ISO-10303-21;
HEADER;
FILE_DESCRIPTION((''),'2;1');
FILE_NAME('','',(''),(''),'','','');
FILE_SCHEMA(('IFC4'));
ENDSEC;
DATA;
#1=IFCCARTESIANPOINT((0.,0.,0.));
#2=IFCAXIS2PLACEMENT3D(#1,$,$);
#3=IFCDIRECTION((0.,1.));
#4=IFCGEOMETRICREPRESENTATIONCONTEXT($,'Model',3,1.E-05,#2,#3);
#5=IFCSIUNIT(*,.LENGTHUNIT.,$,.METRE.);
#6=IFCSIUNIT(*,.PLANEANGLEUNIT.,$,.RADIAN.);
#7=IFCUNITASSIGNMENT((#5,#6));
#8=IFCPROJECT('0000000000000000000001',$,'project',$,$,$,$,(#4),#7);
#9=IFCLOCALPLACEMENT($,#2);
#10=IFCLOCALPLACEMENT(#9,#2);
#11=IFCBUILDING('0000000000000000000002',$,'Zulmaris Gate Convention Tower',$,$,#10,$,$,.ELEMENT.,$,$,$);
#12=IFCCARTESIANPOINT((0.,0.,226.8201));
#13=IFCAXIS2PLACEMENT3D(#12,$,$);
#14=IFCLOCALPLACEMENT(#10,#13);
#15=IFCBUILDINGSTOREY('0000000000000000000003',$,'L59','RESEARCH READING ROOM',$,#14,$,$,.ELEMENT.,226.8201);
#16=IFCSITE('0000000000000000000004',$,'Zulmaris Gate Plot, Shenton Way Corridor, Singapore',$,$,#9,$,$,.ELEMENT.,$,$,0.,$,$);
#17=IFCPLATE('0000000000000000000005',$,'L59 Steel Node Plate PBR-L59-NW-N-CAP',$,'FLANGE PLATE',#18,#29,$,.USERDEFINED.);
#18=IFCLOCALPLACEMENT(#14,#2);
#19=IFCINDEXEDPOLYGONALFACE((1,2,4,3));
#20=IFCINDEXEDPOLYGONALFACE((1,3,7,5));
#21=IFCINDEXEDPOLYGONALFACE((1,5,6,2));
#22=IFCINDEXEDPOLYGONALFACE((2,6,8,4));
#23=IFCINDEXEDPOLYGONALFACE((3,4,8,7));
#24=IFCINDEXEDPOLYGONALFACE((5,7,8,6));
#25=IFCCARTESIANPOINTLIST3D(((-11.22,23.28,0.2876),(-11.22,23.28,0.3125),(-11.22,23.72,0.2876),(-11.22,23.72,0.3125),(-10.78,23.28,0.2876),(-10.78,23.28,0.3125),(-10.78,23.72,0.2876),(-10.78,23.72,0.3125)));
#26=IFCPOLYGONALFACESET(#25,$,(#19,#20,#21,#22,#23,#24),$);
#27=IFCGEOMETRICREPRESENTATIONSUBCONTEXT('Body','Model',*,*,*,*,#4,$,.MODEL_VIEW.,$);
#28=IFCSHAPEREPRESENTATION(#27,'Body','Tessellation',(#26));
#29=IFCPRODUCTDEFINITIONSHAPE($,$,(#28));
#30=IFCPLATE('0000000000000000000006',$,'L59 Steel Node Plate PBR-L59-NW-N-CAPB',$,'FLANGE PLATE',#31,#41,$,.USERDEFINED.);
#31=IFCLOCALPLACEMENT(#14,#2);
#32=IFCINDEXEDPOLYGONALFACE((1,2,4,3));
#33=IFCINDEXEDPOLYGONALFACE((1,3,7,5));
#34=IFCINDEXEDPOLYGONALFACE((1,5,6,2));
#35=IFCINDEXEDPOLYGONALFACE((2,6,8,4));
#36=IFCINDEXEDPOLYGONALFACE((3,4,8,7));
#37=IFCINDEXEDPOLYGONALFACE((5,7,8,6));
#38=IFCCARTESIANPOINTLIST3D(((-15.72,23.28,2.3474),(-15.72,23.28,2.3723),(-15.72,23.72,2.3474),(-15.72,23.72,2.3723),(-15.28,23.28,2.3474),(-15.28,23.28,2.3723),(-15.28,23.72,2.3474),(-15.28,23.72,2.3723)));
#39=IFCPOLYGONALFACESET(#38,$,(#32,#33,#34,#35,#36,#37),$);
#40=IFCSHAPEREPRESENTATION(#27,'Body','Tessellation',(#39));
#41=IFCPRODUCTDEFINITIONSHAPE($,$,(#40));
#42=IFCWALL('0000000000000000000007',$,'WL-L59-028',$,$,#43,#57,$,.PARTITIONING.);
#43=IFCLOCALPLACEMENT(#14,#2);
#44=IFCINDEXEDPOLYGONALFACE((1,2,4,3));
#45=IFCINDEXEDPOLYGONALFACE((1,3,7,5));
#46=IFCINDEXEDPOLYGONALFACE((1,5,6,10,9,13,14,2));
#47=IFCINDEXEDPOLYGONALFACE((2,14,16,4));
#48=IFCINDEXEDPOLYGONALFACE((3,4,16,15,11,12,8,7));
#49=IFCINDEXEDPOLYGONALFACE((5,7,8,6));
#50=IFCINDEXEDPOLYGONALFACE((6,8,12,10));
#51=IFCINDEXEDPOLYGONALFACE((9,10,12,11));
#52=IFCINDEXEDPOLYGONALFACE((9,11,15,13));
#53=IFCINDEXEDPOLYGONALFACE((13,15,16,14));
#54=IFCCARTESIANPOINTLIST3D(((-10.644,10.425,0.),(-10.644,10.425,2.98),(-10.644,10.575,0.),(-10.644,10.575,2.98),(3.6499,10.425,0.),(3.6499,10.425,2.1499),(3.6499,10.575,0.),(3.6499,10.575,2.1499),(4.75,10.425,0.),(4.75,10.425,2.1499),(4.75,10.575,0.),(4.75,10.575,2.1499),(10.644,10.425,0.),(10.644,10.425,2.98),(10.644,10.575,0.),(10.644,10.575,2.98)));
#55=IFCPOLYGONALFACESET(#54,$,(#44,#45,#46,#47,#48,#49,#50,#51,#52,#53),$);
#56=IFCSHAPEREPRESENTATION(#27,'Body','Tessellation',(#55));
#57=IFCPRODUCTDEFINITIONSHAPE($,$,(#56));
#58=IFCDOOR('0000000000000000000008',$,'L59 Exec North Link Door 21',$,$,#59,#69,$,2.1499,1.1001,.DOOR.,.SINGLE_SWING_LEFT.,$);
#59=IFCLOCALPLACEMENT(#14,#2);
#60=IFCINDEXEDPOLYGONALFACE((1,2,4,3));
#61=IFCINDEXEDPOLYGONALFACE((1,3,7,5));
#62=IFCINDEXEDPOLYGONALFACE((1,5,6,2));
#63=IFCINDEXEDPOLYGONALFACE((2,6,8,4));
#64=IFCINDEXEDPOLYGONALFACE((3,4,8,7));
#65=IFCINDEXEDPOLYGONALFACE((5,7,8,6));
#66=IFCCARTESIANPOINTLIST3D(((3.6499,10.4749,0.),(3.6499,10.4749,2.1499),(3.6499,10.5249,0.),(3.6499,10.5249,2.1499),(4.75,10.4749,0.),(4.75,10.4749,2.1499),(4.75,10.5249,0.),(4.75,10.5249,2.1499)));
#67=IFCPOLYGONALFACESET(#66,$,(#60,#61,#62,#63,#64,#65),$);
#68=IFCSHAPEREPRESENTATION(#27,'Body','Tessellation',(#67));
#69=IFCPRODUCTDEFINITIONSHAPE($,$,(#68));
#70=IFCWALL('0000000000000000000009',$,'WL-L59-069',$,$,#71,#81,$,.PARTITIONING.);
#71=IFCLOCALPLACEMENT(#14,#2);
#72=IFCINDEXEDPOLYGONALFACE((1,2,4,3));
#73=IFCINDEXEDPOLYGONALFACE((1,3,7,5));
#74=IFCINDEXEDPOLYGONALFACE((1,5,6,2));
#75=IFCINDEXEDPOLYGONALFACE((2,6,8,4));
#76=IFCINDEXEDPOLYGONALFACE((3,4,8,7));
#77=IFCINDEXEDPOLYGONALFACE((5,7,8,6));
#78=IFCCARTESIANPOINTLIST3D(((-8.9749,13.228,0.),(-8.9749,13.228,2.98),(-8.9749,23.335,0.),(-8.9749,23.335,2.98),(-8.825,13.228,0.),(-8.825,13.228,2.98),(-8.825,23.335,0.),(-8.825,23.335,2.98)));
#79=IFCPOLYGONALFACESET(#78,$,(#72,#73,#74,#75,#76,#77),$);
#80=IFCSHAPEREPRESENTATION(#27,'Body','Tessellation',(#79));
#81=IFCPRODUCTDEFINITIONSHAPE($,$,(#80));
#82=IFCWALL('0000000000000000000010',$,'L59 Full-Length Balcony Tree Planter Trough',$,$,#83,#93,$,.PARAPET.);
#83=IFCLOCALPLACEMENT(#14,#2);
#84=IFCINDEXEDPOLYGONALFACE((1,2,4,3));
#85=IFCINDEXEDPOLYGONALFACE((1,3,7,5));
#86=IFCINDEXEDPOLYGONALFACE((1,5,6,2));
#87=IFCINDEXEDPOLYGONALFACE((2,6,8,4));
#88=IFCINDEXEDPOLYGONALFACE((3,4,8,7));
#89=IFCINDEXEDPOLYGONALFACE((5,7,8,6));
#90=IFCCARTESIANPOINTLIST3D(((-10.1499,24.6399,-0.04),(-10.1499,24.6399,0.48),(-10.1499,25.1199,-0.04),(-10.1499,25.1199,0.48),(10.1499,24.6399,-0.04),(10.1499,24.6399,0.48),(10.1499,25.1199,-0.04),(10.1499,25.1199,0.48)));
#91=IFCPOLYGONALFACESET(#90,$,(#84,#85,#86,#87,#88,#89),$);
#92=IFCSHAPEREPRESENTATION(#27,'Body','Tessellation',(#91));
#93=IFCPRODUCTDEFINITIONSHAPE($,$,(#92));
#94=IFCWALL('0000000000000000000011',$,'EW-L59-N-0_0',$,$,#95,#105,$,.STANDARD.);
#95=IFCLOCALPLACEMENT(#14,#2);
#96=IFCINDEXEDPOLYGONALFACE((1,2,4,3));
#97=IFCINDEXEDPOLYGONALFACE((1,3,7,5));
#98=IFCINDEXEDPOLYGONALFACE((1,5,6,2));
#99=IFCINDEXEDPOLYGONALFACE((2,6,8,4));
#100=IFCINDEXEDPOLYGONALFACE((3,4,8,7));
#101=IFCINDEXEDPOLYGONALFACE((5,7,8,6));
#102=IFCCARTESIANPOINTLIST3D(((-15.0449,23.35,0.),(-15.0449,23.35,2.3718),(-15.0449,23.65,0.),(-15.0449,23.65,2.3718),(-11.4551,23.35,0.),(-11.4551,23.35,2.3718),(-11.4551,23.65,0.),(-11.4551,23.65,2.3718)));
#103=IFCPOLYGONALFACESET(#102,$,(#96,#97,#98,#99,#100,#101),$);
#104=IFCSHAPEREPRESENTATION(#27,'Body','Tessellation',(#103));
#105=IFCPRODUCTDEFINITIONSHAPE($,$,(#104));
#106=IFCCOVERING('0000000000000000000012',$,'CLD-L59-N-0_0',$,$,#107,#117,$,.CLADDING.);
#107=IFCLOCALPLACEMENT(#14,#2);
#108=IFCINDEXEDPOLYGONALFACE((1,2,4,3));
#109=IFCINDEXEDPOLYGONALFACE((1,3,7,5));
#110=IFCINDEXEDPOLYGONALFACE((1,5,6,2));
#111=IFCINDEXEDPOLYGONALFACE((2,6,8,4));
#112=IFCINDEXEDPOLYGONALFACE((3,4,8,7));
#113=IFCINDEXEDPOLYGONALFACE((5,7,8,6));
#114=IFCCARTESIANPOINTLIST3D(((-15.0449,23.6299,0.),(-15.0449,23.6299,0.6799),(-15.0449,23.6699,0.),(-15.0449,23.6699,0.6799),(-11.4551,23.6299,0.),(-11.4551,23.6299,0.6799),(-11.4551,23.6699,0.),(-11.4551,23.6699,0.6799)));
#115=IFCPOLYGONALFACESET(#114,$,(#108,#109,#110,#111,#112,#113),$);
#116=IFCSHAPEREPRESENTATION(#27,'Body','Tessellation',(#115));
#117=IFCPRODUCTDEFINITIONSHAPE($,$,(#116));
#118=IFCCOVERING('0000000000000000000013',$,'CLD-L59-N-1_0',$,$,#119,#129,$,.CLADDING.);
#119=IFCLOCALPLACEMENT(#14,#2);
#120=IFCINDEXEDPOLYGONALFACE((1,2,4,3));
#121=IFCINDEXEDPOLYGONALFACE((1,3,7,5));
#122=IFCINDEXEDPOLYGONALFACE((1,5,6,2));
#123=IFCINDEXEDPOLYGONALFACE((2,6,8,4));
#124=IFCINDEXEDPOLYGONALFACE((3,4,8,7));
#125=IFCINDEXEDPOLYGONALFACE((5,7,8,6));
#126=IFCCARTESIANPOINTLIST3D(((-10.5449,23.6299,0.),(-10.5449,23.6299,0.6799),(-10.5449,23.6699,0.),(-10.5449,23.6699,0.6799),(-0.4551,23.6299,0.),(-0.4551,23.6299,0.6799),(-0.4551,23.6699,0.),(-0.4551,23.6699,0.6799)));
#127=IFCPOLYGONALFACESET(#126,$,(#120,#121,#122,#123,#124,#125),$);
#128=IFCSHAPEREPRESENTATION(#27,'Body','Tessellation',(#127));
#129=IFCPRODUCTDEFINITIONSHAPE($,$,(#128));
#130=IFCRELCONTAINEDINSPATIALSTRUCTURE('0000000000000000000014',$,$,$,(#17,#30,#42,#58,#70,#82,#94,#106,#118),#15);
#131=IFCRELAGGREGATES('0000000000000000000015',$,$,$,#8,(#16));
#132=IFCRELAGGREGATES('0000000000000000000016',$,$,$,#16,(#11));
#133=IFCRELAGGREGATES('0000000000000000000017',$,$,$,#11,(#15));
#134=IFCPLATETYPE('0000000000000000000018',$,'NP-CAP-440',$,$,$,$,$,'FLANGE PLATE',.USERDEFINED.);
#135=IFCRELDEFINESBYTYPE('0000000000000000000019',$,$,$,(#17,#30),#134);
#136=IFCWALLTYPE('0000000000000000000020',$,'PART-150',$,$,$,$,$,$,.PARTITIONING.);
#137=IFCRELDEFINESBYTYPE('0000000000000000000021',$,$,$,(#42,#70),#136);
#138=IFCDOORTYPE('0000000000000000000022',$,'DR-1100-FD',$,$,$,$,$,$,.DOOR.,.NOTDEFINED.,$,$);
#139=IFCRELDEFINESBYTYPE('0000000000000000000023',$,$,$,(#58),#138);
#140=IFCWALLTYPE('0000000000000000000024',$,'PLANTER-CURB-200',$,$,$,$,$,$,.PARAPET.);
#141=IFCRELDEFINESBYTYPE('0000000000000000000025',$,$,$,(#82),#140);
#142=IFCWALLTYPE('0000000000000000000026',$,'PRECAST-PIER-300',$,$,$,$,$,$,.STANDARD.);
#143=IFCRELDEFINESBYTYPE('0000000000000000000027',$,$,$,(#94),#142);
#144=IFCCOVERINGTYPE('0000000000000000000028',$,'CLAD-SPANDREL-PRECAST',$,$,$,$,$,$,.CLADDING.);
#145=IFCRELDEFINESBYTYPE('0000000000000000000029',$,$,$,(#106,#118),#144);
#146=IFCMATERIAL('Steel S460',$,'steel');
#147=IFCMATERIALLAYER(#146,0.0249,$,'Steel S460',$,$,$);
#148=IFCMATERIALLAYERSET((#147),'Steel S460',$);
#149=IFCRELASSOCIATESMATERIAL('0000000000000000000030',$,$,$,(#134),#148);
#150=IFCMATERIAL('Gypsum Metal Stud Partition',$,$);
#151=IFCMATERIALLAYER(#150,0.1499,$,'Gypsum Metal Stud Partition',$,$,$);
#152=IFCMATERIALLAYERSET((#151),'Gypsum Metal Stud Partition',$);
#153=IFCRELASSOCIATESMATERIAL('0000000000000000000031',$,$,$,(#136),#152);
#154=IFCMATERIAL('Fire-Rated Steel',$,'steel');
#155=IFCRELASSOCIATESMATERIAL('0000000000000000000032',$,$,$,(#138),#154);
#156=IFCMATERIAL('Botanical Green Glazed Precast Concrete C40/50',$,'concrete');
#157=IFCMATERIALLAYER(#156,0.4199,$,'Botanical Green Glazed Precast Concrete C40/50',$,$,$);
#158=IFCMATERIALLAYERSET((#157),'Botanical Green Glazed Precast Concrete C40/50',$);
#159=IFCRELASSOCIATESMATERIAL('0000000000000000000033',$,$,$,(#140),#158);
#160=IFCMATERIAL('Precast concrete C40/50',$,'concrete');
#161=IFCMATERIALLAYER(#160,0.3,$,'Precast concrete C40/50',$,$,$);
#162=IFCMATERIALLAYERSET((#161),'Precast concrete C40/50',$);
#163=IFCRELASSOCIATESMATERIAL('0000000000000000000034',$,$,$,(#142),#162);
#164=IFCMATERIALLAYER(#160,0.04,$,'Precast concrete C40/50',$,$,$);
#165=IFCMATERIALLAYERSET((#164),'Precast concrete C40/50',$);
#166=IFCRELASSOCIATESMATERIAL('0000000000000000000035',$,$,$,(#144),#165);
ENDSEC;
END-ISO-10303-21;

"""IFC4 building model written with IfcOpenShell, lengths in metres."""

from ifc_helpers import new_model, si_unit, direction, frame, frame_2d, origin, origin_2d, place, context, subcontext, project, spatial, rectangle, extrude, material, layer, layer_set, type_object, element, fill, save


model = new_model("IFC4")

# Units and contexts
model_context = context("Model", 3, precision=1e-05, world=origin(), true_north=direction((0.0, 1.0)))
body_context = subcontext(model_context, "Body", "Model", "MODEL_VIEW")
ifc_project = project(units=[si_unit("LENGTHUNIT", "METRE"), si_unit("PLANEANGLEUNIT", "RADIAN")], contexts=[model_context])

# Site, building, storey
site_placement = place(None, origin())
site = spatial("IfcSite", under=ifc_project, at=site_placement, Name="Zulmaris Gate Plot, Shenton Way Corridor, Singapore", CompositionType="ELEMENT", RefElevation=0.0)
building_placement = place(site_placement, origin())
building = spatial("IfcBuilding", under=site, at=building_placement, Name="Zulmaris Gate Convention Tower", CompositionType="ELEMENT")
storey_placement = place(building_placement, frame((0.0, 0.0, 226.8201)))
storey = spatial("IfcBuildingStorey", under=building, at=storey_placement, Name="L59", Description="RESEARCH READING ROOM", CompositionType="ELEMENT", Elevation=226.8201)

# Plates
ifc_material_1 = material(Name="Steel S460", Category="steel")
ifc_layer_1 = layer(ifc_material_1, 0.0249, Name="Steel S460")
ifc_layer_set_1 = layer_set([ifc_layer_1], Name="Steel S460")
plate_type = type_object("IfcPlateType", Name="NP-CAP-440", ElementType="FLANGE PLATE", PredefinedType="USERDEFINED", material=ifc_layer_set_1)
for number, where, z_axis, x_axis, name in (
    (1, (-11.0, 23.5, 0.2876), (0.0, 0.0, 1.0), (1.0, 0.0, 0.0), "L59 Steel Node Plate PBR-L59-NW-N-CAP"),
    (2, (-15.5, 23.5, 2.3474), (0.0, 0.0, 1.0), (1.0, 0.0, 0.0), "L59 Steel Node Plate PBR-L59-NW-N-CAPB"),
):
    element("IfcPlate", number, at=place(storey_placement, frame(where, z_axis=z_axis, x_axis=x_axis)), inside=storey, type_object=plate_type, Name=name, ObjectType="FLANGE PLATE", PredefinedType="USERDEFINED", context=body_context, shape_type="SweptSolid", body=[
        extrude(rectangle(XDim=0.4399, YDim=0.4399, at=origin_2d()), origin(), (0.0, 0.0, 1.0), 0.0249),
    ])

# Wall, opening, door
ifc_material_2 = material(Name="Gypsum Metal Stud Partition")
ifc_layer_2 = layer(ifc_material_2, 0.1499, Name="Gypsum Metal Stud Partition")
ifc_layer_set_2 = layer_set([ifc_layer_2], Name="Gypsum Metal Stud Partition")
wall_type_1 = type_object("IfcWallType", Name="PART-150", PredefinedType="PARTITIONING", material=ifc_layer_set_2)
wall_1_placement = place(storey_placement, frame((-10.644, 10.5, 0.0), z_axis=(0.0, 0.0, 1.0), x_axis=(1.0, 0.0, 0.0)))
wall_1 = element("IfcWall", 3, at=wall_1_placement, inside=storey, type_object=wall_type_1, Name="WL-L59-028", PredefinedType="PARTITIONING", context=body_context, shape_type="SweptSolid", body=[
    extrude(rectangle(XDim=21.2881, YDim=0.1499, at=frame_2d((10.644, 0.0))), origin(), (0.0, 0.0, 1.0), 2.98),
])
opening_1_placement = place(wall_1_placement, frame((14.2939, 0.0, 0.0)))
opening_1 = element("IfcOpeningElement", 4, at=opening_1_placement, cuts=wall_1, PredefinedType="OPENING", context=body_context, shape_type="SweptSolid", body=[
    extrude(rectangle(XDim=1.1001, YDim=2.1499, at=frame_2d((0.55, 1.075))), frame((0.0, 0.085, 0.0), z_axis=(0.0, -1.0, 0.0), x_axis=(1.0, 0.0, 0.0)), (0.0, 0.0, 1.0), 0.1699),
])
ifc_material_3 = material(Name="Fire-Rated Steel", Category="steel")
door_type_1 = type_object("IfcDoorType", Name="DR-1100-FD", OperationType="NOTDEFINED", PredefinedType="DOOR", material=ifc_material_3)
door_1_placement = place(opening_1_placement, origin())
door_1 = element("IfcDoor", 5, at=door_1_placement, inside=storey, type_object=door_type_1, Name="L59 Exec North Link Door 21", OperationType="SINGLE_SWING_LEFT", OverallHeight=2.1499, OverallWidth=1.1001, PredefinedType="DOOR", context=body_context, shape_type="SweptSolid", body=[
    extrude(rectangle(XDim=1.1001, YDim=2.1499, at=frame_2d((0.55, 1.075))), frame((0.0, 0.0249, 0.0), z_axis=(0.0, -1.0, 0.0), x_axis=(1.0, 0.0, 0.0)), (0.0, 0.0, 1.0), 0.05),
])
fill(opening_1, door_1)

# Walls
wall_2_placement = place(storey_placement, frame((-8.8999, 13.228, 0.0), z_axis=(0.0, 0.0, 1.0), x_axis=(0.0, 1.0, 0.0)))
element("IfcWall", 6, at=wall_2_placement, inside=storey, type_object=wall_type_1, Name="WL-L59-069", PredefinedType="PARTITIONING", context=body_context, shape_type="SweptSolid", body=[
    extrude(rectangle(XDim=10.1069, YDim=0.1499, at=frame_2d((5.0535, 0.0))), origin(), (0.0, 0.0, 1.0), 2.98),
])
ifc_material_4 = material(Name="Botanical Green Glazed Precast Concrete C40/50", Category="concrete")
ifc_layer_3 = layer(ifc_material_4, 0.4199, Name="Botanical Green Glazed Precast Concrete C40/50")
ifc_layer_set_3 = layer_set([ifc_layer_3], Name="Botanical Green Glazed Precast Concrete C40/50")
wall_type_2 = type_object("IfcWallType", Name="PLANTER-CURB-200", PredefinedType="PARAPET", material=ifc_layer_set_3)
wall_3_placement = place(storey_placement, frame((-10.1499, 24.8799, -0.04), z_axis=(0.0, 0.0, 1.0), x_axis=(1.0, 0.0, 0.0)))
element("IfcWall", 7, at=wall_3_placement, inside=storey, type_object=wall_type_2, Name="L59 Full-Length Balcony Tree Planter Trough", PredefinedType="PARAPET", context=body_context, shape_type="SweptSolid", body=[
    extrude(rectangle(XDim=20.2998, YDim=0.48, at=frame_2d((10.1499, 0.0))), origin(), (0.0, 0.0, 1.0), 0.52),
])
ifc_material_5 = material(Name="Precast concrete C40/50", Category="concrete")
ifc_layer_4 = layer(ifc_material_5, 0.3, Name="Precast concrete C40/50")
ifc_layer_set_4 = layer_set([ifc_layer_4], Name="Precast concrete C40/50")
wall_type_3 = type_object("IfcWallType", Name="PRECAST-PIER-300", PredefinedType="STANDARD", material=ifc_layer_set_4)
wall_4_placement = place(storey_placement, frame((-11.4551, 23.5, 0.0), z_axis=(0.0, 0.0, 1.0), x_axis=(-1.0, 0.0, 0.0)))
element("IfcWall", 8, at=wall_4_placement, inside=storey, type_object=wall_type_3, Name="EW-L59-N-0_0", PredefinedType="STANDARD", context=body_context, shape_type="SweptSolid", body=[
    extrude(rectangle(XDim=3.5898, YDim=0.3, at=frame_2d((1.7949, 0.0))), origin(), (0.0, 0.0, 1.0), 2.3718),
])

# Coverings
ifc_layer_5 = layer(ifc_material_5, 0.04, Name="Precast concrete C40/50")
ifc_layer_set_5 = layer_set([ifc_layer_5], Name="Precast concrete C40/50")
covering_type = type_object("IfcCoveringType", Name="CLAD-SPANDREL-PRECAST", PredefinedType="CLADDING", material=ifc_layer_set_5)
covering_1_placement = place(storey_placement, frame((-11.4551, 23.6499, 0.0), z_axis=(0.0, 0.0, 1.0), x_axis=(-1.0, 0.0, 0.0)))
element("IfcCovering", 9, at=covering_1_placement, inside=storey, type_object=covering_type, Name="CLD-L59-N-0_0", PredefinedType="CLADDING", context=body_context, shape_type="SweptSolid", body=[
    extrude(rectangle(XDim=3.5898, YDim=0.04, at=frame_2d((1.7949, 0.0))), origin(), (0.0, 0.0, 1.0), 0.6799),
])
covering_2_placement = place(storey_placement, frame((-0.4551, 23.6499, 0.0), z_axis=(0.0, 0.0, 1.0), x_axis=(-1.0, 0.0, 0.0)))
element("IfcCovering", 10, at=covering_2_placement, inside=storey, type_object=covering_type, Name="CLD-L59-N-1_0", PredefinedType="CLADDING", context=body_context, shape_type="SweptSolid", body=[
    extrude(rectangle(XDim=10.0898, YDim=0.04, at=frame_2d((5.0449, 0.0))), origin(), (0.0, 0.0, 1.0), 0.6799),
])

save(model, "model.ifc")
